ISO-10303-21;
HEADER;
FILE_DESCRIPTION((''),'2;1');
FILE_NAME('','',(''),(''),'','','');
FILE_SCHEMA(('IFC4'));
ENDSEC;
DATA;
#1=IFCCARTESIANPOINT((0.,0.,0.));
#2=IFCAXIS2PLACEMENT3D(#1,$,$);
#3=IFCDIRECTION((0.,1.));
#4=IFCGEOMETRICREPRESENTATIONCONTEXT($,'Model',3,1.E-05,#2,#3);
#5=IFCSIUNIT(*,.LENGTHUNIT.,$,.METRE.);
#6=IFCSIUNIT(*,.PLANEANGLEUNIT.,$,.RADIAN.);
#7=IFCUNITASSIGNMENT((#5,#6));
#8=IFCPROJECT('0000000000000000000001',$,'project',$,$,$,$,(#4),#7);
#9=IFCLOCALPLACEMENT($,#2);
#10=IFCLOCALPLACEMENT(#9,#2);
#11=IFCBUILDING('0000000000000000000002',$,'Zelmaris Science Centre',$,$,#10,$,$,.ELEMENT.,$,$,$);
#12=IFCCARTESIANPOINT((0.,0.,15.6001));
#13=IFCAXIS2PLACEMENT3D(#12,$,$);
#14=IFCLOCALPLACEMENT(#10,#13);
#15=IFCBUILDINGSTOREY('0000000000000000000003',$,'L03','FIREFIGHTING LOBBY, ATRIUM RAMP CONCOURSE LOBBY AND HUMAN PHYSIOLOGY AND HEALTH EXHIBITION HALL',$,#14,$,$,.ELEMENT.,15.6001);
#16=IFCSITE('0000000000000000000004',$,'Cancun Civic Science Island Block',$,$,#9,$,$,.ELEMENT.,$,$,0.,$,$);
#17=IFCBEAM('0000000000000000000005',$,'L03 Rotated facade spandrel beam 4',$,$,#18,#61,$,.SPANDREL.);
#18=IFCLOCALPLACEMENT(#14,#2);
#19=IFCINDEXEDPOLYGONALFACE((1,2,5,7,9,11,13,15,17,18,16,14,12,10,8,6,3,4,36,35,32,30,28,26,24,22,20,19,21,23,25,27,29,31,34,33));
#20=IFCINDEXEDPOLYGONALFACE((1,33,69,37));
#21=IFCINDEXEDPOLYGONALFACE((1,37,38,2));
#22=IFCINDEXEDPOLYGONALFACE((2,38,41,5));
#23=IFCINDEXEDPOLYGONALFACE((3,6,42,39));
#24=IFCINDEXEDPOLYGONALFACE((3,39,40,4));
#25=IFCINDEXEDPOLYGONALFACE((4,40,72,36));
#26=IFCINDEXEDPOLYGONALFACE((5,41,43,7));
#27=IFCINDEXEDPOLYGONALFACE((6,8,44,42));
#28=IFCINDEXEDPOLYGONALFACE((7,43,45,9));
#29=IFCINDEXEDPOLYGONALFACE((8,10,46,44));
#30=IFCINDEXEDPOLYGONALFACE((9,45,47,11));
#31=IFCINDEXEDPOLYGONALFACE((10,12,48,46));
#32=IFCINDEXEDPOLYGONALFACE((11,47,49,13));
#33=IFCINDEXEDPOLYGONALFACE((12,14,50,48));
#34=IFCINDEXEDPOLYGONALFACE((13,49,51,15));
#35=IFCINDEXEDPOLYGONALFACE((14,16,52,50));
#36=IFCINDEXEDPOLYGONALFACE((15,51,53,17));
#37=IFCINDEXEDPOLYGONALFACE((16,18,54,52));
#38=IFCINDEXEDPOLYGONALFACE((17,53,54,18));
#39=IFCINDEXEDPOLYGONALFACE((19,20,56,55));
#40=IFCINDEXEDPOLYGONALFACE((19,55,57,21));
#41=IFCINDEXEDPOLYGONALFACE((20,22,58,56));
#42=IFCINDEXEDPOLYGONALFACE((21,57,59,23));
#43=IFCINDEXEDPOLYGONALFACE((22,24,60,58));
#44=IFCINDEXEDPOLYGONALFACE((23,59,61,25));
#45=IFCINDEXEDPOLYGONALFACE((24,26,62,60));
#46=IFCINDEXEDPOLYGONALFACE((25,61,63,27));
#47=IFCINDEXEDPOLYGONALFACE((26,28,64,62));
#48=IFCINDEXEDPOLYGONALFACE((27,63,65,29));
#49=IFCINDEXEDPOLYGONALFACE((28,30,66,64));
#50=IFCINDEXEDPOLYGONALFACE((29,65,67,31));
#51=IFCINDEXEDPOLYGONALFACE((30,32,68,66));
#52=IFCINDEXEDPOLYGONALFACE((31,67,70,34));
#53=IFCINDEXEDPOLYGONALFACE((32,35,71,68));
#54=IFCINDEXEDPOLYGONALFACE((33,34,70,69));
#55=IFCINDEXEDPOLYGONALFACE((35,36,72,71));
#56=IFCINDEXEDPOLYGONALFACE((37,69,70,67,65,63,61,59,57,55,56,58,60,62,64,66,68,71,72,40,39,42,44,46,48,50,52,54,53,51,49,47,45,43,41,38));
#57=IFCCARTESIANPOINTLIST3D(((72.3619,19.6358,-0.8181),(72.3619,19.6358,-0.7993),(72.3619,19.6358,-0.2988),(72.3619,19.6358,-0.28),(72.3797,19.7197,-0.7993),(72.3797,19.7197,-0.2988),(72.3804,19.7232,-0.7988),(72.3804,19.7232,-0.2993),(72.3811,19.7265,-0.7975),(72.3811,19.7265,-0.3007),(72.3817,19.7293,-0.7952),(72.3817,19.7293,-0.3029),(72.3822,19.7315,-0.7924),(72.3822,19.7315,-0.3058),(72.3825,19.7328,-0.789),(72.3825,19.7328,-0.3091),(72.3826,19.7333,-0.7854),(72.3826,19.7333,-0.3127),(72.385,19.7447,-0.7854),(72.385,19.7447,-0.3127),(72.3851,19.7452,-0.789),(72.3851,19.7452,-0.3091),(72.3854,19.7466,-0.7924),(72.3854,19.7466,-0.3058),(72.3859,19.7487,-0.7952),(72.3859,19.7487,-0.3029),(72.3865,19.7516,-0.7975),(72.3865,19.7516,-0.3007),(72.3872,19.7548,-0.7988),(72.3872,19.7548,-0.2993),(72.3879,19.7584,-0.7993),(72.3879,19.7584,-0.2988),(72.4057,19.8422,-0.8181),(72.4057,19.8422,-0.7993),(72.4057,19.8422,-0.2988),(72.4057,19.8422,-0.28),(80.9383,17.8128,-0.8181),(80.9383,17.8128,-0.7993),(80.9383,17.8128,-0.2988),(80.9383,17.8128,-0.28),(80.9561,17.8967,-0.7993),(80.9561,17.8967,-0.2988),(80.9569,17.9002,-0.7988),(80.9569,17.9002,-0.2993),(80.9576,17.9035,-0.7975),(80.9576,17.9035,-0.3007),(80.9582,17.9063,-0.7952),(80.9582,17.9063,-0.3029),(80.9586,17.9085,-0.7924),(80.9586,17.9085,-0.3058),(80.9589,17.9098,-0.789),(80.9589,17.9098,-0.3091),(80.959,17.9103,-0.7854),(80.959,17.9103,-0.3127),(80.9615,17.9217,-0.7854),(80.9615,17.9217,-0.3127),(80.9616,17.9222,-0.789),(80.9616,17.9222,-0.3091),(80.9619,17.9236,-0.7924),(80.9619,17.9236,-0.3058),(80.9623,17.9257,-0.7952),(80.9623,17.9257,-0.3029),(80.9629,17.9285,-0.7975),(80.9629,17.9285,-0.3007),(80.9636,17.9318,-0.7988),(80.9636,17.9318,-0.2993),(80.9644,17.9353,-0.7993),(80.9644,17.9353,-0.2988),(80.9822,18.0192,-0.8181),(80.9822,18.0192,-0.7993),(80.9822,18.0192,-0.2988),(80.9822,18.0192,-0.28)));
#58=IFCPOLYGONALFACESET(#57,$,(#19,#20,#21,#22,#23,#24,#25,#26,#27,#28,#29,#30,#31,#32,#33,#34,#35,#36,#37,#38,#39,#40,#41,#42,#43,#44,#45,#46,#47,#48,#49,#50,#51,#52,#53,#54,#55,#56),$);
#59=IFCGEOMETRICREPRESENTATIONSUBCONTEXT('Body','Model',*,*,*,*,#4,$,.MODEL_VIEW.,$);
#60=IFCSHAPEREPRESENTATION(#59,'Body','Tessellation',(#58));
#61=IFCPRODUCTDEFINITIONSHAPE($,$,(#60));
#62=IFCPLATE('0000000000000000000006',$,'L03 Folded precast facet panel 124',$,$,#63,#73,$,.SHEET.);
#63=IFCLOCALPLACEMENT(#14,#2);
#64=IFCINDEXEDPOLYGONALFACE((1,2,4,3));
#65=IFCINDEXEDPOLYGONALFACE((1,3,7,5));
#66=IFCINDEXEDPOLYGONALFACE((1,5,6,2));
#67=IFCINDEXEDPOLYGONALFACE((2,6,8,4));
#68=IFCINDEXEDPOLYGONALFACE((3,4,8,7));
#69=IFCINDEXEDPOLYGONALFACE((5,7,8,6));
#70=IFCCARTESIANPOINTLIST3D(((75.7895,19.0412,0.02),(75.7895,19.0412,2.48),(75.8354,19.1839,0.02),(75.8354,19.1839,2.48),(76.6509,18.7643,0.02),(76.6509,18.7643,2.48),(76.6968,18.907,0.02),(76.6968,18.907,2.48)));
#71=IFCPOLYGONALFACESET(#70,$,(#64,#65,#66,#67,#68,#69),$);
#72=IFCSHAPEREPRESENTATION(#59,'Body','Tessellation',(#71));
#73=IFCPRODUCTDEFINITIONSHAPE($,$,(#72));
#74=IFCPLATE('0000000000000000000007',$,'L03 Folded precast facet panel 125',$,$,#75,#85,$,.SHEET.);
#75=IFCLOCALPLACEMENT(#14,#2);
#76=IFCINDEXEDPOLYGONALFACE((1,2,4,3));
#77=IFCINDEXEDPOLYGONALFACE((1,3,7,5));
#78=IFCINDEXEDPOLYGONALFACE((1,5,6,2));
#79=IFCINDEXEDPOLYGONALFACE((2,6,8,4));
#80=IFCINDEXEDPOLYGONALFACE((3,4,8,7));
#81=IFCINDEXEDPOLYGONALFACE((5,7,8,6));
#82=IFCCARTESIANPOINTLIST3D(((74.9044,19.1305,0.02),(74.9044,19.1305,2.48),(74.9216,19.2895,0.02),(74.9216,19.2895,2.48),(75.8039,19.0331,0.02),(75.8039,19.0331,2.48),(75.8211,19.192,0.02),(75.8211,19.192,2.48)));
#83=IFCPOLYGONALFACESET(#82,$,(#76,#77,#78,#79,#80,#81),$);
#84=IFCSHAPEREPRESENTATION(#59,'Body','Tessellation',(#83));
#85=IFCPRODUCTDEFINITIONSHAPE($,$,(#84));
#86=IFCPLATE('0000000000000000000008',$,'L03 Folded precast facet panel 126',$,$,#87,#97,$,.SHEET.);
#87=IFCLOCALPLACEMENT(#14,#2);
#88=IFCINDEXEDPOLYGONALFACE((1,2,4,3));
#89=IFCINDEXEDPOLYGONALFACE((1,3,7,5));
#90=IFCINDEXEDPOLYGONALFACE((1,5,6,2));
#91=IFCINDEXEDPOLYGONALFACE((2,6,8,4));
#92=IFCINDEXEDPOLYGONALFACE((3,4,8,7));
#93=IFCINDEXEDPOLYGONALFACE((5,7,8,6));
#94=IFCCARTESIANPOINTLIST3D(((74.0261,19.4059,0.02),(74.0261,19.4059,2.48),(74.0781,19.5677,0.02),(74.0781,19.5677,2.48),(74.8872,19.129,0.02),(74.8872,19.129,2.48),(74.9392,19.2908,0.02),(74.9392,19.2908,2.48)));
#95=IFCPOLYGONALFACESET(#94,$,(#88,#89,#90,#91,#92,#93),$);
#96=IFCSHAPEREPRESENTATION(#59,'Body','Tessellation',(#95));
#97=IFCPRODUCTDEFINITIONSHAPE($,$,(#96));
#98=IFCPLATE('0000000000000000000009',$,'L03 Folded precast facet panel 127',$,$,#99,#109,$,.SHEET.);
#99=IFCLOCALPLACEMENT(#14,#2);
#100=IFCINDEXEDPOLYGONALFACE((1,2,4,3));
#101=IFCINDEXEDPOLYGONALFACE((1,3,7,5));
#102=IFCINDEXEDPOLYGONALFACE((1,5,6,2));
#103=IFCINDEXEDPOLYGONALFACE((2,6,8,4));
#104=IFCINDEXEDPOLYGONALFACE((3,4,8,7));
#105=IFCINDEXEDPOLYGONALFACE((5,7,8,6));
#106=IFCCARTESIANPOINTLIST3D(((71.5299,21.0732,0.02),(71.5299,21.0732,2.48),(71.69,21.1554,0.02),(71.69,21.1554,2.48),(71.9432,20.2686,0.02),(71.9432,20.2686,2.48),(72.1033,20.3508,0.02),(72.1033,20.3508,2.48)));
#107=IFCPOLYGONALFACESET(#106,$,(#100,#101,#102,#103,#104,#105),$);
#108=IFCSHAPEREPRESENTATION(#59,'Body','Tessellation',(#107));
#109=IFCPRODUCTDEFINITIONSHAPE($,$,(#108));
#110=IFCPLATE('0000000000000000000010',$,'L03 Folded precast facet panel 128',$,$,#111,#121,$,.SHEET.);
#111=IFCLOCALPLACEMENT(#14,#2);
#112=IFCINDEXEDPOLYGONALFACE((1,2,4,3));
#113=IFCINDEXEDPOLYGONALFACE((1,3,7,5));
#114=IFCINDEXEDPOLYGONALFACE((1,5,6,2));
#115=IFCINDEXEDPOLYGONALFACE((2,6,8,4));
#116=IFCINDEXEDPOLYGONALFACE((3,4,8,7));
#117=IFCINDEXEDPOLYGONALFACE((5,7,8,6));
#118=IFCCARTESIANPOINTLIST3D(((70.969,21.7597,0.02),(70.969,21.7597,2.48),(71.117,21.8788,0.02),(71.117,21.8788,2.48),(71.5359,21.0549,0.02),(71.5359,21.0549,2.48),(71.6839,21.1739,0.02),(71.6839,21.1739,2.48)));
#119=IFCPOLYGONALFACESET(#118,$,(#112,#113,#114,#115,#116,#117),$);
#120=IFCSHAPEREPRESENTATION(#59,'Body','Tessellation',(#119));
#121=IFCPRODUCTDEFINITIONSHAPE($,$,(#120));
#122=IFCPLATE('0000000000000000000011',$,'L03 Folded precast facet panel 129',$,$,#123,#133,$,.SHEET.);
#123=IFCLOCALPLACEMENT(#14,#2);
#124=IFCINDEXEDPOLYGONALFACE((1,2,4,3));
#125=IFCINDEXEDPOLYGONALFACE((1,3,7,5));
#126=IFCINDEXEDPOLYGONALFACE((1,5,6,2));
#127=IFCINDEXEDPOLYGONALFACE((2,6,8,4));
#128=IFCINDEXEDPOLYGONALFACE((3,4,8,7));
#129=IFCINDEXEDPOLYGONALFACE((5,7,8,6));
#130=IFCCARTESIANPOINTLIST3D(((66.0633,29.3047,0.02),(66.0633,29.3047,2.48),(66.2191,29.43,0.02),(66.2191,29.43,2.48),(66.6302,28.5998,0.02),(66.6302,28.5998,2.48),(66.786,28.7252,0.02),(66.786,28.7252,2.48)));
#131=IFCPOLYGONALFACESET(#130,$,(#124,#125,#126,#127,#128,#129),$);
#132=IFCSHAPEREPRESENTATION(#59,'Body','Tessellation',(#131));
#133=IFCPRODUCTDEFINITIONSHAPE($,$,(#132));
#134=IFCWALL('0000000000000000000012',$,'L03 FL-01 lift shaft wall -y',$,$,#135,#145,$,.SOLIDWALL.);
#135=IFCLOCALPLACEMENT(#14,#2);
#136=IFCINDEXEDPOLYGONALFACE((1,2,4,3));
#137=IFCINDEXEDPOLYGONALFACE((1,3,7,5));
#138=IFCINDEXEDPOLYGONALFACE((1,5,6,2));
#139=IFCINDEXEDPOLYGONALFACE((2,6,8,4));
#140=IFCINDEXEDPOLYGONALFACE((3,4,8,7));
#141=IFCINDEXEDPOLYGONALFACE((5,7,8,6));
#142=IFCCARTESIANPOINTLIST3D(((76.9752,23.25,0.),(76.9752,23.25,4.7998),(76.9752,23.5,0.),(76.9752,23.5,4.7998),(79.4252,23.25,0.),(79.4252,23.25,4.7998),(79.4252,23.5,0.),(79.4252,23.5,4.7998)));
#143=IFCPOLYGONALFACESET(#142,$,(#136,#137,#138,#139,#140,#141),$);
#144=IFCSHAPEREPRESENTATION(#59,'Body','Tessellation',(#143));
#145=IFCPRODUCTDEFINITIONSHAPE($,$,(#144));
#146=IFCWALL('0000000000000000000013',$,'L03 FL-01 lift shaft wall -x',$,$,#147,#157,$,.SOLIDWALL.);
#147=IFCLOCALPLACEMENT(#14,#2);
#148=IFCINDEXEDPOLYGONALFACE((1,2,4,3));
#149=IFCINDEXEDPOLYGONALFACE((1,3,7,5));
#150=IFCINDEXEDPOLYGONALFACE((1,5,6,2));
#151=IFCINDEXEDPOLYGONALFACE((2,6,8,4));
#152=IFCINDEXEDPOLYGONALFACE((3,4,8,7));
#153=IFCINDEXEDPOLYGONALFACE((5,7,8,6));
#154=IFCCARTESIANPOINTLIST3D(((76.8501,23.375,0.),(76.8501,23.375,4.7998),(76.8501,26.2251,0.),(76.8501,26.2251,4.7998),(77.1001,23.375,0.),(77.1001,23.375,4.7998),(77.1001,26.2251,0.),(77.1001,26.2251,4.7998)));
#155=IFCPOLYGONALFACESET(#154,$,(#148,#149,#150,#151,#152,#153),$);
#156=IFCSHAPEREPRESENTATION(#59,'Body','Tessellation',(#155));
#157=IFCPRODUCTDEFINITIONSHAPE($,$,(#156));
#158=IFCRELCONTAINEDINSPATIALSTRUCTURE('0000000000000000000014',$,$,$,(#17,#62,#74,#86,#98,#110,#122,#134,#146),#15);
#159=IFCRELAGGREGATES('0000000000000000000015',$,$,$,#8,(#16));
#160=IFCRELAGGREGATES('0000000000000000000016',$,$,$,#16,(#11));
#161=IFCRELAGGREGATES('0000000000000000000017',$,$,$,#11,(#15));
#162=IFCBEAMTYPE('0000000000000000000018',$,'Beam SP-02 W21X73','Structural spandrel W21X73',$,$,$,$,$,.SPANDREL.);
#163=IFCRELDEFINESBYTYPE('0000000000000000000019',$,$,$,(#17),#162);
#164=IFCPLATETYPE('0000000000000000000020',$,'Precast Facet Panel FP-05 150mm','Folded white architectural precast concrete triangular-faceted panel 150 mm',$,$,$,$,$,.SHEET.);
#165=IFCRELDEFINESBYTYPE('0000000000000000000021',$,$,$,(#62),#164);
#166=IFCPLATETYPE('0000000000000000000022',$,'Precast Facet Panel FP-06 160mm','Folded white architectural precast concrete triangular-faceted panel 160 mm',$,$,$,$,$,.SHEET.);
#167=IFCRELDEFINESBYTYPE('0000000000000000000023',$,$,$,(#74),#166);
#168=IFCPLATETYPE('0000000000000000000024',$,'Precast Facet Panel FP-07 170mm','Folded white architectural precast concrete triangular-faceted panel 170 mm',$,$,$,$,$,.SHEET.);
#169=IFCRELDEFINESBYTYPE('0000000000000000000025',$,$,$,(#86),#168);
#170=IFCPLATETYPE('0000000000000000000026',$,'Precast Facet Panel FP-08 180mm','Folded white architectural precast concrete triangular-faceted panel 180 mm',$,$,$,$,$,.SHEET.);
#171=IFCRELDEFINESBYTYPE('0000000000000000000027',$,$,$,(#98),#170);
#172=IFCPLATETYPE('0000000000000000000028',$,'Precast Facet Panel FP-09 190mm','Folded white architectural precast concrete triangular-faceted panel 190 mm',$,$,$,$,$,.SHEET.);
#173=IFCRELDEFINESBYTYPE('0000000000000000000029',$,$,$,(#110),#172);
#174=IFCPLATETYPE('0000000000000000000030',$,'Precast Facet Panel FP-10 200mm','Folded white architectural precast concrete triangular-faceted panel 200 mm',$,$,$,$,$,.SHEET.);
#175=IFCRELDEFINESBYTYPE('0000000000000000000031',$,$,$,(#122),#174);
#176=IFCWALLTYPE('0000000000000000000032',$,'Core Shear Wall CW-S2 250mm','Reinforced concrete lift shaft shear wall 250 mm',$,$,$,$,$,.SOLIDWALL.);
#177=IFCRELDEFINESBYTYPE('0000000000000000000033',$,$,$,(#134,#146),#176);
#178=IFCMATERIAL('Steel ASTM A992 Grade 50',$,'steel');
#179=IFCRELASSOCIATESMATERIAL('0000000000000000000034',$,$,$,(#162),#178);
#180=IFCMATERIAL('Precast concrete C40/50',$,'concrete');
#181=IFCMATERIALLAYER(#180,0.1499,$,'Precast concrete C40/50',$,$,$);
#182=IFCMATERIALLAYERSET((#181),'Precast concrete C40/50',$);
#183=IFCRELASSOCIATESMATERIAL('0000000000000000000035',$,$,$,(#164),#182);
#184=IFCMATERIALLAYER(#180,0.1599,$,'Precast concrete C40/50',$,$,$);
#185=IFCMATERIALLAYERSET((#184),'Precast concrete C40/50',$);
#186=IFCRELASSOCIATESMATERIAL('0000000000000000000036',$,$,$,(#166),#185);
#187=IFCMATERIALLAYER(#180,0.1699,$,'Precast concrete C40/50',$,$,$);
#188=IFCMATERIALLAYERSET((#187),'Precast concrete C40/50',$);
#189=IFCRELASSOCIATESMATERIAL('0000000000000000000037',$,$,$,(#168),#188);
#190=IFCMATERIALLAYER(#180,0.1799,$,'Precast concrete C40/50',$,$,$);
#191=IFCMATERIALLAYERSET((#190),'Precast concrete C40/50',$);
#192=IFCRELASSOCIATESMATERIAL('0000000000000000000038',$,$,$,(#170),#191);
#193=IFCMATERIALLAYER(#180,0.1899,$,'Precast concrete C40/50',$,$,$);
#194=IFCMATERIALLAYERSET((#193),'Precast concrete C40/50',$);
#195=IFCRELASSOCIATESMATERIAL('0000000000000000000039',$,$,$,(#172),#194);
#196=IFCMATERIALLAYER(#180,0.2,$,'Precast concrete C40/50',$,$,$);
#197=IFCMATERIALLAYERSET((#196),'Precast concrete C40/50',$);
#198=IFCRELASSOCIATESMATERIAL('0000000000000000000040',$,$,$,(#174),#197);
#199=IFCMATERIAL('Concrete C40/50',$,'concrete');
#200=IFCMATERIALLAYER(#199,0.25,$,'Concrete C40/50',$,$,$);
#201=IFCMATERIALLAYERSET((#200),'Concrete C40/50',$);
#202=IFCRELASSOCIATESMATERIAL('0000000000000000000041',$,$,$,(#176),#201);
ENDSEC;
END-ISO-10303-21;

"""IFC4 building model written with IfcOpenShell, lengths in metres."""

from ifc_helpers import new_model, si_unit, direction, frame, frame_2d, origin, origin_2d, place, context, subcontext, project, spatial, rectangle, i_section, extrude, material, layer, layer_set, material_profile, profile_set, type_object, element, save


model = new_model("IFC4")

# Units and contexts
model_context = context("Model", 3, precision=1e-05, world=origin(), true_north=direction((0.0, 1.0)))
body_context = subcontext(model_context, "Body", "Model", "MODEL_VIEW")
ifc_project = project(units=[si_unit("LENGTHUNIT", "METRE"), si_unit("PLANEANGLEUNIT", "RADIAN")], contexts=[model_context])

# Site, building, storey
site_placement = place(None, origin())
site = spatial("IfcSite", under=ifc_project, at=site_placement, Name="Cancun Civic Science Island Block", CompositionType="ELEMENT", RefElevation=0.0)
building_placement = place(site_placement, origin())
building = spatial("IfcBuilding", under=site, at=building_placement, Name="Zelmaris Science Centre", CompositionType="ELEMENT")
storey_placement = place(building_placement, frame((0.0, 0.0, 15.6001)))
storey = spatial("IfcBuildingStorey", under=building, at=storey_placement, Name="L03", Description="FIREFIGHTING LOBBY, ATRIUM RAMP CONCOURSE LOBBY AND HUMAN PHYSIOLOGY AND HEALTH EXHIBITION HALL", CompositionType="ELEMENT", Elevation=15.6001)

# Shared definitions
ifc_material_1 = material(Name="Steel ASTM A992 Grade 50", Category="steel")

# Beam
ifc_material_profile_1 = material_profile(ifc_material_1, i_section(OverallWidth=0.2109, OverallDepth=0.5381, WebThickness=0.0117, FlangeThickness=0.0188, FilletRadius=0.0139, at=origin_2d()), Name="W21X73")
ifc_profile_set_1 = profile_set([ifc_material_profile_1], Name="Steel ASTM A992 Grade 50")
beam_type_1 = type_object("IfcBeamType", Name="Beam SP-02 W21X73", Description="Structural spandrel W21X73", PredefinedType="SPANDREL", material=ifc_profile_set_1)
beam_1_placement = place(storey_placement, frame((72.3838, 19.739, -0.5491), z_axis=(0.978147, -0.207914, 0.0), x_axis=(0.207914, 0.978147, 0.0)))
element("IfcBeam", 1, at=beam_1_placement, inside=storey, type_object=beam_type_1, Name="L03 Rotated facade spandrel beam 4", PredefinedType="SPANDREL", context=body_context, shape_type="SweptSolid", body=[
    extrude(i_section(OverallWidth=0.2109, OverallDepth=0.5381, WebThickness=0.0117, FlangeThickness=0.0188, FilletRadius=0.0139, at=origin_2d()), origin(), (0.0, 0.0, 1.0), 8.7681),
])

# Plates
ifc_material_2 = material(Name="Precast concrete C40/50", Category="concrete")
ifc_layer_1 = layer(ifc_material_2, 0.1499, Name="Precast concrete C40/50")
ifc_layer_set_1 = layer_set([ifc_layer_1], Name="Precast concrete C40/50")
plate_type_1 = type_object("IfcPlateType", Name="Precast Facet Panel FP-05 150mm", Description="Folded white architectural precast concrete triangular-faceted panel 150 mm", PredefinedType="SHEET", material=ifc_layer_set_1)
plate_1_placement = place(storey_placement, frame((76.6738, 18.8357, 0.02), z_axis=(0.0, 0.0, 1.0), x_axis=(-0.952029, 0.306009, 0.0)))
element("IfcPlate", 2, at=plate_1_placement, inside=storey, type_object=plate_type_1, Name="L03 Folded precast facet panel 124", PredefinedType="SHEET", context=body_context, shape_type="SweptSolid", body=[
    extrude(rectangle(XDim=0.9048, YDim=0.1499, at=frame_2d((0.4524, 0.0))), origin(), (0.0, 0.0, 1.0), 2.46),
])
ifc_layer_2 = layer(ifc_material_2, 0.1599, Name="Precast concrete C40/50")
ifc_layer_set_2 = layer_set([ifc_layer_2], Name="Precast concrete C40/50")
plate_type_2 = type_object("IfcPlateType", Name="Precast Facet Panel FP-06 160mm", Description="Folded white architectural precast concrete triangular-faceted panel 160 mm", PredefinedType="SHEET", material=ifc_layer_set_2)
plate_2_placement = place(storey_placement, frame((75.8125, 19.1125, 0.02), z_axis=(0.0, 0.0, 1.0), x_axis=(-0.994186, 0.107676, 0.0)))
element("IfcPlate", 3, at=plate_2_placement, inside=storey, type_object=plate_type_2, Name="L03 Folded precast facet panel 125", PredefinedType="SHEET", context=body_context, shape_type="SweptSolid", body=[
    extrude(rectangle(XDim=0.9048, YDim=0.1599, at=frame_2d((0.4524, 0.0))), origin(), (0.0, 0.0, 1.0), 2.46),
])
ifc_layer_3 = layer(ifc_material_2, 0.1699, Name="Precast concrete C40/50")
ifc_layer_set_3 = layer_set([ifc_layer_3], Name="Precast concrete C40/50")
plate_type_3 = type_object("IfcPlateType", Name="Precast Facet Panel FP-07 170mm", Description="Folded white architectural precast concrete triangular-faceted panel 170 mm", PredefinedType="SHEET", material=ifc_layer_set_3)
plate_3_placement = place(storey_placement, frame((74.9131, 19.21, 0.02), z_axis=(0.0, 0.0, 1.0), x_axis=(-0.952003, 0.306088, 0.0)))
element("IfcPlate", 4, at=plate_3_placement, inside=storey, type_object=plate_type_3, Name="L03 Folded precast facet panel 126", PredefinedType="SHEET", context=body_context, shape_type="SweptSolid", body=[
    extrude(rectangle(XDim=0.9045, YDim=0.1699, at=frame_2d((0.4521, 0.0))), origin(), (0.0, 0.0, 1.0), 2.46),
])
ifc_layer_4 = layer(ifc_material_2, 0.1799, Name="Precast concrete C40/50")
ifc_layer_set_4 = layer_set([ifc_layer_4], Name="Precast concrete C40/50")
plate_type_4 = type_object("IfcPlateType", Name="Precast Facet Panel FP-08 180mm", Description="Folded white architectural precast concrete triangular-faceted panel 180 mm", PredefinedType="SHEET", material=ifc_layer_set_4)
plate_4_placement = place(storey_placement, frame((72.0232, 20.3098, 0.02), z_axis=(0.0, 0.0, 1.0), x_axis=(-0.456903, 0.889517, 0.0)))
element("IfcPlate", 5, at=plate_4_placement, inside=storey, type_object=plate_type_4, Name="L03 Folded precast facet panel 127", PredefinedType="SHEET", context=body_context, shape_type="SweptSolid", body=[
    extrude(rectangle(XDim=0.9045, YDim=0.1799, at=frame_2d((0.4521, 0.0))), origin(), (0.0, 0.0, 1.0), 2.46),
])
ifc_layer_5 = layer(ifc_material_2, 0.1899, Name="Precast concrete C40/50")
ifc_layer_set_5 = layer_set([ifc_layer_5], Name="Precast concrete C40/50")
plate_type_5 = type_object("IfcPlateType", Name="Precast Facet Panel FP-09 190mm", Description="Folded white architectural precast concrete triangular-faceted panel 190 mm", PredefinedType="SHEET", material=ifc_layer_set_5)
plate_5_placement = place(storey_placement, frame((71.6099, 21.1145, 0.02), z_axis=(0.0, 0.0, 1.0), x_axis=(-0.626734, 0.779234, 0.0)))
element("IfcPlate", 6, at=plate_5_placement, inside=storey, type_object=plate_type_5, Name="L03 Folded precast facet panel 128", PredefinedType="SHEET", context=body_context, shape_type="SweptSolid", body=[
    extrude(rectangle(XDim=0.9045, YDim=0.1899, at=frame_2d((0.4521, 0.0))), origin(), (0.0, 0.0, 1.0), 2.46),
])
ifc_layer_6 = layer(ifc_material_2, 0.2, Name="Precast concrete C40/50")
ifc_layer_set_6 = layer_set([ifc_layer_6], Name="Precast concrete C40/50")
plate_type_6 = type_object("IfcPlateType", Name="Precast Facet Panel FP-10 200mm", Description="Folded white architectural precast concrete triangular-faceted panel 200 mm", PredefinedType="SHEET", material=ifc_layer_set_6)
plate_6_placement = place(storey_placement, frame((66.708, 28.6626, 0.02), z_axis=(0.0, 0.0, 1.0), x_axis=(-0.626734, 0.779234, 0.0)))
element("IfcPlate", 7, at=plate_6_placement, inside=storey, type_object=plate_type_6, Name="L03 Folded precast facet panel 129", PredefinedType="SHEET", context=body_context, shape_type="SweptSolid", body=[
    extrude(rectangle(XDim=0.9045, YDim=0.2, at=frame_2d((0.4521, 0.0))), origin(), (0.0, 0.0, 1.0), 2.46),
])

# Walls
ifc_material_3 = material(Name="Concrete C40/50", Category="concrete")
ifc_layer_7 = layer(ifc_material_3, 0.25, Name="Concrete C40/50")
ifc_layer_set_7 = layer_set([ifc_layer_7], Name="Concrete C40/50")
wall_type_1 = type_object("IfcWallType", Name="Core Shear Wall CW-S2 250mm", Description="Reinforced concrete lift shaft shear wall 250 mm", PredefinedType="SOLIDWALL", material=ifc_layer_set_7)
wall_1_placement = place(storey_placement, frame((76.9751, 23.375, 0.0), z_axis=(0.0, 0.0, 1.0), x_axis=(1.0, 0.0, 0.0)))
element("IfcWall", 8, at=wall_1_placement, inside=storey, type_object=wall_type_1, Name="L03 FL-01 lift shaft wall -y", PredefinedType="SOLIDWALL", context=body_context, shape_type="SweptSolid", body=[
    extrude(rectangle(XDim=2.45, YDim=0.25, at=frame_2d((1.2251, 0.0))), origin(), (0.0, 0.0, 1.0), 4.7998),
])
wall_2_placement = place(storey_placement, frame((76.9751, 26.2251, 0.0), z_axis=(0.0, 0.0, 1.0), x_axis=(0.0, -1.0, 0.0)))
element("IfcWall", 9, at=wall_2_placement, inside=storey, type_object=wall_type_1, Name="L03 FL-01 lift shaft wall -x", PredefinedType="SOLIDWALL", context=body_context, shape_type="SweptSolid", body=[
    extrude(rectangle(XDim=2.8501, YDim=0.25, at=frame_2d((1.425, 0.0))), origin(), (0.0, 0.0, 1.0), 4.7998),
])

save(model, "model.ifc")
